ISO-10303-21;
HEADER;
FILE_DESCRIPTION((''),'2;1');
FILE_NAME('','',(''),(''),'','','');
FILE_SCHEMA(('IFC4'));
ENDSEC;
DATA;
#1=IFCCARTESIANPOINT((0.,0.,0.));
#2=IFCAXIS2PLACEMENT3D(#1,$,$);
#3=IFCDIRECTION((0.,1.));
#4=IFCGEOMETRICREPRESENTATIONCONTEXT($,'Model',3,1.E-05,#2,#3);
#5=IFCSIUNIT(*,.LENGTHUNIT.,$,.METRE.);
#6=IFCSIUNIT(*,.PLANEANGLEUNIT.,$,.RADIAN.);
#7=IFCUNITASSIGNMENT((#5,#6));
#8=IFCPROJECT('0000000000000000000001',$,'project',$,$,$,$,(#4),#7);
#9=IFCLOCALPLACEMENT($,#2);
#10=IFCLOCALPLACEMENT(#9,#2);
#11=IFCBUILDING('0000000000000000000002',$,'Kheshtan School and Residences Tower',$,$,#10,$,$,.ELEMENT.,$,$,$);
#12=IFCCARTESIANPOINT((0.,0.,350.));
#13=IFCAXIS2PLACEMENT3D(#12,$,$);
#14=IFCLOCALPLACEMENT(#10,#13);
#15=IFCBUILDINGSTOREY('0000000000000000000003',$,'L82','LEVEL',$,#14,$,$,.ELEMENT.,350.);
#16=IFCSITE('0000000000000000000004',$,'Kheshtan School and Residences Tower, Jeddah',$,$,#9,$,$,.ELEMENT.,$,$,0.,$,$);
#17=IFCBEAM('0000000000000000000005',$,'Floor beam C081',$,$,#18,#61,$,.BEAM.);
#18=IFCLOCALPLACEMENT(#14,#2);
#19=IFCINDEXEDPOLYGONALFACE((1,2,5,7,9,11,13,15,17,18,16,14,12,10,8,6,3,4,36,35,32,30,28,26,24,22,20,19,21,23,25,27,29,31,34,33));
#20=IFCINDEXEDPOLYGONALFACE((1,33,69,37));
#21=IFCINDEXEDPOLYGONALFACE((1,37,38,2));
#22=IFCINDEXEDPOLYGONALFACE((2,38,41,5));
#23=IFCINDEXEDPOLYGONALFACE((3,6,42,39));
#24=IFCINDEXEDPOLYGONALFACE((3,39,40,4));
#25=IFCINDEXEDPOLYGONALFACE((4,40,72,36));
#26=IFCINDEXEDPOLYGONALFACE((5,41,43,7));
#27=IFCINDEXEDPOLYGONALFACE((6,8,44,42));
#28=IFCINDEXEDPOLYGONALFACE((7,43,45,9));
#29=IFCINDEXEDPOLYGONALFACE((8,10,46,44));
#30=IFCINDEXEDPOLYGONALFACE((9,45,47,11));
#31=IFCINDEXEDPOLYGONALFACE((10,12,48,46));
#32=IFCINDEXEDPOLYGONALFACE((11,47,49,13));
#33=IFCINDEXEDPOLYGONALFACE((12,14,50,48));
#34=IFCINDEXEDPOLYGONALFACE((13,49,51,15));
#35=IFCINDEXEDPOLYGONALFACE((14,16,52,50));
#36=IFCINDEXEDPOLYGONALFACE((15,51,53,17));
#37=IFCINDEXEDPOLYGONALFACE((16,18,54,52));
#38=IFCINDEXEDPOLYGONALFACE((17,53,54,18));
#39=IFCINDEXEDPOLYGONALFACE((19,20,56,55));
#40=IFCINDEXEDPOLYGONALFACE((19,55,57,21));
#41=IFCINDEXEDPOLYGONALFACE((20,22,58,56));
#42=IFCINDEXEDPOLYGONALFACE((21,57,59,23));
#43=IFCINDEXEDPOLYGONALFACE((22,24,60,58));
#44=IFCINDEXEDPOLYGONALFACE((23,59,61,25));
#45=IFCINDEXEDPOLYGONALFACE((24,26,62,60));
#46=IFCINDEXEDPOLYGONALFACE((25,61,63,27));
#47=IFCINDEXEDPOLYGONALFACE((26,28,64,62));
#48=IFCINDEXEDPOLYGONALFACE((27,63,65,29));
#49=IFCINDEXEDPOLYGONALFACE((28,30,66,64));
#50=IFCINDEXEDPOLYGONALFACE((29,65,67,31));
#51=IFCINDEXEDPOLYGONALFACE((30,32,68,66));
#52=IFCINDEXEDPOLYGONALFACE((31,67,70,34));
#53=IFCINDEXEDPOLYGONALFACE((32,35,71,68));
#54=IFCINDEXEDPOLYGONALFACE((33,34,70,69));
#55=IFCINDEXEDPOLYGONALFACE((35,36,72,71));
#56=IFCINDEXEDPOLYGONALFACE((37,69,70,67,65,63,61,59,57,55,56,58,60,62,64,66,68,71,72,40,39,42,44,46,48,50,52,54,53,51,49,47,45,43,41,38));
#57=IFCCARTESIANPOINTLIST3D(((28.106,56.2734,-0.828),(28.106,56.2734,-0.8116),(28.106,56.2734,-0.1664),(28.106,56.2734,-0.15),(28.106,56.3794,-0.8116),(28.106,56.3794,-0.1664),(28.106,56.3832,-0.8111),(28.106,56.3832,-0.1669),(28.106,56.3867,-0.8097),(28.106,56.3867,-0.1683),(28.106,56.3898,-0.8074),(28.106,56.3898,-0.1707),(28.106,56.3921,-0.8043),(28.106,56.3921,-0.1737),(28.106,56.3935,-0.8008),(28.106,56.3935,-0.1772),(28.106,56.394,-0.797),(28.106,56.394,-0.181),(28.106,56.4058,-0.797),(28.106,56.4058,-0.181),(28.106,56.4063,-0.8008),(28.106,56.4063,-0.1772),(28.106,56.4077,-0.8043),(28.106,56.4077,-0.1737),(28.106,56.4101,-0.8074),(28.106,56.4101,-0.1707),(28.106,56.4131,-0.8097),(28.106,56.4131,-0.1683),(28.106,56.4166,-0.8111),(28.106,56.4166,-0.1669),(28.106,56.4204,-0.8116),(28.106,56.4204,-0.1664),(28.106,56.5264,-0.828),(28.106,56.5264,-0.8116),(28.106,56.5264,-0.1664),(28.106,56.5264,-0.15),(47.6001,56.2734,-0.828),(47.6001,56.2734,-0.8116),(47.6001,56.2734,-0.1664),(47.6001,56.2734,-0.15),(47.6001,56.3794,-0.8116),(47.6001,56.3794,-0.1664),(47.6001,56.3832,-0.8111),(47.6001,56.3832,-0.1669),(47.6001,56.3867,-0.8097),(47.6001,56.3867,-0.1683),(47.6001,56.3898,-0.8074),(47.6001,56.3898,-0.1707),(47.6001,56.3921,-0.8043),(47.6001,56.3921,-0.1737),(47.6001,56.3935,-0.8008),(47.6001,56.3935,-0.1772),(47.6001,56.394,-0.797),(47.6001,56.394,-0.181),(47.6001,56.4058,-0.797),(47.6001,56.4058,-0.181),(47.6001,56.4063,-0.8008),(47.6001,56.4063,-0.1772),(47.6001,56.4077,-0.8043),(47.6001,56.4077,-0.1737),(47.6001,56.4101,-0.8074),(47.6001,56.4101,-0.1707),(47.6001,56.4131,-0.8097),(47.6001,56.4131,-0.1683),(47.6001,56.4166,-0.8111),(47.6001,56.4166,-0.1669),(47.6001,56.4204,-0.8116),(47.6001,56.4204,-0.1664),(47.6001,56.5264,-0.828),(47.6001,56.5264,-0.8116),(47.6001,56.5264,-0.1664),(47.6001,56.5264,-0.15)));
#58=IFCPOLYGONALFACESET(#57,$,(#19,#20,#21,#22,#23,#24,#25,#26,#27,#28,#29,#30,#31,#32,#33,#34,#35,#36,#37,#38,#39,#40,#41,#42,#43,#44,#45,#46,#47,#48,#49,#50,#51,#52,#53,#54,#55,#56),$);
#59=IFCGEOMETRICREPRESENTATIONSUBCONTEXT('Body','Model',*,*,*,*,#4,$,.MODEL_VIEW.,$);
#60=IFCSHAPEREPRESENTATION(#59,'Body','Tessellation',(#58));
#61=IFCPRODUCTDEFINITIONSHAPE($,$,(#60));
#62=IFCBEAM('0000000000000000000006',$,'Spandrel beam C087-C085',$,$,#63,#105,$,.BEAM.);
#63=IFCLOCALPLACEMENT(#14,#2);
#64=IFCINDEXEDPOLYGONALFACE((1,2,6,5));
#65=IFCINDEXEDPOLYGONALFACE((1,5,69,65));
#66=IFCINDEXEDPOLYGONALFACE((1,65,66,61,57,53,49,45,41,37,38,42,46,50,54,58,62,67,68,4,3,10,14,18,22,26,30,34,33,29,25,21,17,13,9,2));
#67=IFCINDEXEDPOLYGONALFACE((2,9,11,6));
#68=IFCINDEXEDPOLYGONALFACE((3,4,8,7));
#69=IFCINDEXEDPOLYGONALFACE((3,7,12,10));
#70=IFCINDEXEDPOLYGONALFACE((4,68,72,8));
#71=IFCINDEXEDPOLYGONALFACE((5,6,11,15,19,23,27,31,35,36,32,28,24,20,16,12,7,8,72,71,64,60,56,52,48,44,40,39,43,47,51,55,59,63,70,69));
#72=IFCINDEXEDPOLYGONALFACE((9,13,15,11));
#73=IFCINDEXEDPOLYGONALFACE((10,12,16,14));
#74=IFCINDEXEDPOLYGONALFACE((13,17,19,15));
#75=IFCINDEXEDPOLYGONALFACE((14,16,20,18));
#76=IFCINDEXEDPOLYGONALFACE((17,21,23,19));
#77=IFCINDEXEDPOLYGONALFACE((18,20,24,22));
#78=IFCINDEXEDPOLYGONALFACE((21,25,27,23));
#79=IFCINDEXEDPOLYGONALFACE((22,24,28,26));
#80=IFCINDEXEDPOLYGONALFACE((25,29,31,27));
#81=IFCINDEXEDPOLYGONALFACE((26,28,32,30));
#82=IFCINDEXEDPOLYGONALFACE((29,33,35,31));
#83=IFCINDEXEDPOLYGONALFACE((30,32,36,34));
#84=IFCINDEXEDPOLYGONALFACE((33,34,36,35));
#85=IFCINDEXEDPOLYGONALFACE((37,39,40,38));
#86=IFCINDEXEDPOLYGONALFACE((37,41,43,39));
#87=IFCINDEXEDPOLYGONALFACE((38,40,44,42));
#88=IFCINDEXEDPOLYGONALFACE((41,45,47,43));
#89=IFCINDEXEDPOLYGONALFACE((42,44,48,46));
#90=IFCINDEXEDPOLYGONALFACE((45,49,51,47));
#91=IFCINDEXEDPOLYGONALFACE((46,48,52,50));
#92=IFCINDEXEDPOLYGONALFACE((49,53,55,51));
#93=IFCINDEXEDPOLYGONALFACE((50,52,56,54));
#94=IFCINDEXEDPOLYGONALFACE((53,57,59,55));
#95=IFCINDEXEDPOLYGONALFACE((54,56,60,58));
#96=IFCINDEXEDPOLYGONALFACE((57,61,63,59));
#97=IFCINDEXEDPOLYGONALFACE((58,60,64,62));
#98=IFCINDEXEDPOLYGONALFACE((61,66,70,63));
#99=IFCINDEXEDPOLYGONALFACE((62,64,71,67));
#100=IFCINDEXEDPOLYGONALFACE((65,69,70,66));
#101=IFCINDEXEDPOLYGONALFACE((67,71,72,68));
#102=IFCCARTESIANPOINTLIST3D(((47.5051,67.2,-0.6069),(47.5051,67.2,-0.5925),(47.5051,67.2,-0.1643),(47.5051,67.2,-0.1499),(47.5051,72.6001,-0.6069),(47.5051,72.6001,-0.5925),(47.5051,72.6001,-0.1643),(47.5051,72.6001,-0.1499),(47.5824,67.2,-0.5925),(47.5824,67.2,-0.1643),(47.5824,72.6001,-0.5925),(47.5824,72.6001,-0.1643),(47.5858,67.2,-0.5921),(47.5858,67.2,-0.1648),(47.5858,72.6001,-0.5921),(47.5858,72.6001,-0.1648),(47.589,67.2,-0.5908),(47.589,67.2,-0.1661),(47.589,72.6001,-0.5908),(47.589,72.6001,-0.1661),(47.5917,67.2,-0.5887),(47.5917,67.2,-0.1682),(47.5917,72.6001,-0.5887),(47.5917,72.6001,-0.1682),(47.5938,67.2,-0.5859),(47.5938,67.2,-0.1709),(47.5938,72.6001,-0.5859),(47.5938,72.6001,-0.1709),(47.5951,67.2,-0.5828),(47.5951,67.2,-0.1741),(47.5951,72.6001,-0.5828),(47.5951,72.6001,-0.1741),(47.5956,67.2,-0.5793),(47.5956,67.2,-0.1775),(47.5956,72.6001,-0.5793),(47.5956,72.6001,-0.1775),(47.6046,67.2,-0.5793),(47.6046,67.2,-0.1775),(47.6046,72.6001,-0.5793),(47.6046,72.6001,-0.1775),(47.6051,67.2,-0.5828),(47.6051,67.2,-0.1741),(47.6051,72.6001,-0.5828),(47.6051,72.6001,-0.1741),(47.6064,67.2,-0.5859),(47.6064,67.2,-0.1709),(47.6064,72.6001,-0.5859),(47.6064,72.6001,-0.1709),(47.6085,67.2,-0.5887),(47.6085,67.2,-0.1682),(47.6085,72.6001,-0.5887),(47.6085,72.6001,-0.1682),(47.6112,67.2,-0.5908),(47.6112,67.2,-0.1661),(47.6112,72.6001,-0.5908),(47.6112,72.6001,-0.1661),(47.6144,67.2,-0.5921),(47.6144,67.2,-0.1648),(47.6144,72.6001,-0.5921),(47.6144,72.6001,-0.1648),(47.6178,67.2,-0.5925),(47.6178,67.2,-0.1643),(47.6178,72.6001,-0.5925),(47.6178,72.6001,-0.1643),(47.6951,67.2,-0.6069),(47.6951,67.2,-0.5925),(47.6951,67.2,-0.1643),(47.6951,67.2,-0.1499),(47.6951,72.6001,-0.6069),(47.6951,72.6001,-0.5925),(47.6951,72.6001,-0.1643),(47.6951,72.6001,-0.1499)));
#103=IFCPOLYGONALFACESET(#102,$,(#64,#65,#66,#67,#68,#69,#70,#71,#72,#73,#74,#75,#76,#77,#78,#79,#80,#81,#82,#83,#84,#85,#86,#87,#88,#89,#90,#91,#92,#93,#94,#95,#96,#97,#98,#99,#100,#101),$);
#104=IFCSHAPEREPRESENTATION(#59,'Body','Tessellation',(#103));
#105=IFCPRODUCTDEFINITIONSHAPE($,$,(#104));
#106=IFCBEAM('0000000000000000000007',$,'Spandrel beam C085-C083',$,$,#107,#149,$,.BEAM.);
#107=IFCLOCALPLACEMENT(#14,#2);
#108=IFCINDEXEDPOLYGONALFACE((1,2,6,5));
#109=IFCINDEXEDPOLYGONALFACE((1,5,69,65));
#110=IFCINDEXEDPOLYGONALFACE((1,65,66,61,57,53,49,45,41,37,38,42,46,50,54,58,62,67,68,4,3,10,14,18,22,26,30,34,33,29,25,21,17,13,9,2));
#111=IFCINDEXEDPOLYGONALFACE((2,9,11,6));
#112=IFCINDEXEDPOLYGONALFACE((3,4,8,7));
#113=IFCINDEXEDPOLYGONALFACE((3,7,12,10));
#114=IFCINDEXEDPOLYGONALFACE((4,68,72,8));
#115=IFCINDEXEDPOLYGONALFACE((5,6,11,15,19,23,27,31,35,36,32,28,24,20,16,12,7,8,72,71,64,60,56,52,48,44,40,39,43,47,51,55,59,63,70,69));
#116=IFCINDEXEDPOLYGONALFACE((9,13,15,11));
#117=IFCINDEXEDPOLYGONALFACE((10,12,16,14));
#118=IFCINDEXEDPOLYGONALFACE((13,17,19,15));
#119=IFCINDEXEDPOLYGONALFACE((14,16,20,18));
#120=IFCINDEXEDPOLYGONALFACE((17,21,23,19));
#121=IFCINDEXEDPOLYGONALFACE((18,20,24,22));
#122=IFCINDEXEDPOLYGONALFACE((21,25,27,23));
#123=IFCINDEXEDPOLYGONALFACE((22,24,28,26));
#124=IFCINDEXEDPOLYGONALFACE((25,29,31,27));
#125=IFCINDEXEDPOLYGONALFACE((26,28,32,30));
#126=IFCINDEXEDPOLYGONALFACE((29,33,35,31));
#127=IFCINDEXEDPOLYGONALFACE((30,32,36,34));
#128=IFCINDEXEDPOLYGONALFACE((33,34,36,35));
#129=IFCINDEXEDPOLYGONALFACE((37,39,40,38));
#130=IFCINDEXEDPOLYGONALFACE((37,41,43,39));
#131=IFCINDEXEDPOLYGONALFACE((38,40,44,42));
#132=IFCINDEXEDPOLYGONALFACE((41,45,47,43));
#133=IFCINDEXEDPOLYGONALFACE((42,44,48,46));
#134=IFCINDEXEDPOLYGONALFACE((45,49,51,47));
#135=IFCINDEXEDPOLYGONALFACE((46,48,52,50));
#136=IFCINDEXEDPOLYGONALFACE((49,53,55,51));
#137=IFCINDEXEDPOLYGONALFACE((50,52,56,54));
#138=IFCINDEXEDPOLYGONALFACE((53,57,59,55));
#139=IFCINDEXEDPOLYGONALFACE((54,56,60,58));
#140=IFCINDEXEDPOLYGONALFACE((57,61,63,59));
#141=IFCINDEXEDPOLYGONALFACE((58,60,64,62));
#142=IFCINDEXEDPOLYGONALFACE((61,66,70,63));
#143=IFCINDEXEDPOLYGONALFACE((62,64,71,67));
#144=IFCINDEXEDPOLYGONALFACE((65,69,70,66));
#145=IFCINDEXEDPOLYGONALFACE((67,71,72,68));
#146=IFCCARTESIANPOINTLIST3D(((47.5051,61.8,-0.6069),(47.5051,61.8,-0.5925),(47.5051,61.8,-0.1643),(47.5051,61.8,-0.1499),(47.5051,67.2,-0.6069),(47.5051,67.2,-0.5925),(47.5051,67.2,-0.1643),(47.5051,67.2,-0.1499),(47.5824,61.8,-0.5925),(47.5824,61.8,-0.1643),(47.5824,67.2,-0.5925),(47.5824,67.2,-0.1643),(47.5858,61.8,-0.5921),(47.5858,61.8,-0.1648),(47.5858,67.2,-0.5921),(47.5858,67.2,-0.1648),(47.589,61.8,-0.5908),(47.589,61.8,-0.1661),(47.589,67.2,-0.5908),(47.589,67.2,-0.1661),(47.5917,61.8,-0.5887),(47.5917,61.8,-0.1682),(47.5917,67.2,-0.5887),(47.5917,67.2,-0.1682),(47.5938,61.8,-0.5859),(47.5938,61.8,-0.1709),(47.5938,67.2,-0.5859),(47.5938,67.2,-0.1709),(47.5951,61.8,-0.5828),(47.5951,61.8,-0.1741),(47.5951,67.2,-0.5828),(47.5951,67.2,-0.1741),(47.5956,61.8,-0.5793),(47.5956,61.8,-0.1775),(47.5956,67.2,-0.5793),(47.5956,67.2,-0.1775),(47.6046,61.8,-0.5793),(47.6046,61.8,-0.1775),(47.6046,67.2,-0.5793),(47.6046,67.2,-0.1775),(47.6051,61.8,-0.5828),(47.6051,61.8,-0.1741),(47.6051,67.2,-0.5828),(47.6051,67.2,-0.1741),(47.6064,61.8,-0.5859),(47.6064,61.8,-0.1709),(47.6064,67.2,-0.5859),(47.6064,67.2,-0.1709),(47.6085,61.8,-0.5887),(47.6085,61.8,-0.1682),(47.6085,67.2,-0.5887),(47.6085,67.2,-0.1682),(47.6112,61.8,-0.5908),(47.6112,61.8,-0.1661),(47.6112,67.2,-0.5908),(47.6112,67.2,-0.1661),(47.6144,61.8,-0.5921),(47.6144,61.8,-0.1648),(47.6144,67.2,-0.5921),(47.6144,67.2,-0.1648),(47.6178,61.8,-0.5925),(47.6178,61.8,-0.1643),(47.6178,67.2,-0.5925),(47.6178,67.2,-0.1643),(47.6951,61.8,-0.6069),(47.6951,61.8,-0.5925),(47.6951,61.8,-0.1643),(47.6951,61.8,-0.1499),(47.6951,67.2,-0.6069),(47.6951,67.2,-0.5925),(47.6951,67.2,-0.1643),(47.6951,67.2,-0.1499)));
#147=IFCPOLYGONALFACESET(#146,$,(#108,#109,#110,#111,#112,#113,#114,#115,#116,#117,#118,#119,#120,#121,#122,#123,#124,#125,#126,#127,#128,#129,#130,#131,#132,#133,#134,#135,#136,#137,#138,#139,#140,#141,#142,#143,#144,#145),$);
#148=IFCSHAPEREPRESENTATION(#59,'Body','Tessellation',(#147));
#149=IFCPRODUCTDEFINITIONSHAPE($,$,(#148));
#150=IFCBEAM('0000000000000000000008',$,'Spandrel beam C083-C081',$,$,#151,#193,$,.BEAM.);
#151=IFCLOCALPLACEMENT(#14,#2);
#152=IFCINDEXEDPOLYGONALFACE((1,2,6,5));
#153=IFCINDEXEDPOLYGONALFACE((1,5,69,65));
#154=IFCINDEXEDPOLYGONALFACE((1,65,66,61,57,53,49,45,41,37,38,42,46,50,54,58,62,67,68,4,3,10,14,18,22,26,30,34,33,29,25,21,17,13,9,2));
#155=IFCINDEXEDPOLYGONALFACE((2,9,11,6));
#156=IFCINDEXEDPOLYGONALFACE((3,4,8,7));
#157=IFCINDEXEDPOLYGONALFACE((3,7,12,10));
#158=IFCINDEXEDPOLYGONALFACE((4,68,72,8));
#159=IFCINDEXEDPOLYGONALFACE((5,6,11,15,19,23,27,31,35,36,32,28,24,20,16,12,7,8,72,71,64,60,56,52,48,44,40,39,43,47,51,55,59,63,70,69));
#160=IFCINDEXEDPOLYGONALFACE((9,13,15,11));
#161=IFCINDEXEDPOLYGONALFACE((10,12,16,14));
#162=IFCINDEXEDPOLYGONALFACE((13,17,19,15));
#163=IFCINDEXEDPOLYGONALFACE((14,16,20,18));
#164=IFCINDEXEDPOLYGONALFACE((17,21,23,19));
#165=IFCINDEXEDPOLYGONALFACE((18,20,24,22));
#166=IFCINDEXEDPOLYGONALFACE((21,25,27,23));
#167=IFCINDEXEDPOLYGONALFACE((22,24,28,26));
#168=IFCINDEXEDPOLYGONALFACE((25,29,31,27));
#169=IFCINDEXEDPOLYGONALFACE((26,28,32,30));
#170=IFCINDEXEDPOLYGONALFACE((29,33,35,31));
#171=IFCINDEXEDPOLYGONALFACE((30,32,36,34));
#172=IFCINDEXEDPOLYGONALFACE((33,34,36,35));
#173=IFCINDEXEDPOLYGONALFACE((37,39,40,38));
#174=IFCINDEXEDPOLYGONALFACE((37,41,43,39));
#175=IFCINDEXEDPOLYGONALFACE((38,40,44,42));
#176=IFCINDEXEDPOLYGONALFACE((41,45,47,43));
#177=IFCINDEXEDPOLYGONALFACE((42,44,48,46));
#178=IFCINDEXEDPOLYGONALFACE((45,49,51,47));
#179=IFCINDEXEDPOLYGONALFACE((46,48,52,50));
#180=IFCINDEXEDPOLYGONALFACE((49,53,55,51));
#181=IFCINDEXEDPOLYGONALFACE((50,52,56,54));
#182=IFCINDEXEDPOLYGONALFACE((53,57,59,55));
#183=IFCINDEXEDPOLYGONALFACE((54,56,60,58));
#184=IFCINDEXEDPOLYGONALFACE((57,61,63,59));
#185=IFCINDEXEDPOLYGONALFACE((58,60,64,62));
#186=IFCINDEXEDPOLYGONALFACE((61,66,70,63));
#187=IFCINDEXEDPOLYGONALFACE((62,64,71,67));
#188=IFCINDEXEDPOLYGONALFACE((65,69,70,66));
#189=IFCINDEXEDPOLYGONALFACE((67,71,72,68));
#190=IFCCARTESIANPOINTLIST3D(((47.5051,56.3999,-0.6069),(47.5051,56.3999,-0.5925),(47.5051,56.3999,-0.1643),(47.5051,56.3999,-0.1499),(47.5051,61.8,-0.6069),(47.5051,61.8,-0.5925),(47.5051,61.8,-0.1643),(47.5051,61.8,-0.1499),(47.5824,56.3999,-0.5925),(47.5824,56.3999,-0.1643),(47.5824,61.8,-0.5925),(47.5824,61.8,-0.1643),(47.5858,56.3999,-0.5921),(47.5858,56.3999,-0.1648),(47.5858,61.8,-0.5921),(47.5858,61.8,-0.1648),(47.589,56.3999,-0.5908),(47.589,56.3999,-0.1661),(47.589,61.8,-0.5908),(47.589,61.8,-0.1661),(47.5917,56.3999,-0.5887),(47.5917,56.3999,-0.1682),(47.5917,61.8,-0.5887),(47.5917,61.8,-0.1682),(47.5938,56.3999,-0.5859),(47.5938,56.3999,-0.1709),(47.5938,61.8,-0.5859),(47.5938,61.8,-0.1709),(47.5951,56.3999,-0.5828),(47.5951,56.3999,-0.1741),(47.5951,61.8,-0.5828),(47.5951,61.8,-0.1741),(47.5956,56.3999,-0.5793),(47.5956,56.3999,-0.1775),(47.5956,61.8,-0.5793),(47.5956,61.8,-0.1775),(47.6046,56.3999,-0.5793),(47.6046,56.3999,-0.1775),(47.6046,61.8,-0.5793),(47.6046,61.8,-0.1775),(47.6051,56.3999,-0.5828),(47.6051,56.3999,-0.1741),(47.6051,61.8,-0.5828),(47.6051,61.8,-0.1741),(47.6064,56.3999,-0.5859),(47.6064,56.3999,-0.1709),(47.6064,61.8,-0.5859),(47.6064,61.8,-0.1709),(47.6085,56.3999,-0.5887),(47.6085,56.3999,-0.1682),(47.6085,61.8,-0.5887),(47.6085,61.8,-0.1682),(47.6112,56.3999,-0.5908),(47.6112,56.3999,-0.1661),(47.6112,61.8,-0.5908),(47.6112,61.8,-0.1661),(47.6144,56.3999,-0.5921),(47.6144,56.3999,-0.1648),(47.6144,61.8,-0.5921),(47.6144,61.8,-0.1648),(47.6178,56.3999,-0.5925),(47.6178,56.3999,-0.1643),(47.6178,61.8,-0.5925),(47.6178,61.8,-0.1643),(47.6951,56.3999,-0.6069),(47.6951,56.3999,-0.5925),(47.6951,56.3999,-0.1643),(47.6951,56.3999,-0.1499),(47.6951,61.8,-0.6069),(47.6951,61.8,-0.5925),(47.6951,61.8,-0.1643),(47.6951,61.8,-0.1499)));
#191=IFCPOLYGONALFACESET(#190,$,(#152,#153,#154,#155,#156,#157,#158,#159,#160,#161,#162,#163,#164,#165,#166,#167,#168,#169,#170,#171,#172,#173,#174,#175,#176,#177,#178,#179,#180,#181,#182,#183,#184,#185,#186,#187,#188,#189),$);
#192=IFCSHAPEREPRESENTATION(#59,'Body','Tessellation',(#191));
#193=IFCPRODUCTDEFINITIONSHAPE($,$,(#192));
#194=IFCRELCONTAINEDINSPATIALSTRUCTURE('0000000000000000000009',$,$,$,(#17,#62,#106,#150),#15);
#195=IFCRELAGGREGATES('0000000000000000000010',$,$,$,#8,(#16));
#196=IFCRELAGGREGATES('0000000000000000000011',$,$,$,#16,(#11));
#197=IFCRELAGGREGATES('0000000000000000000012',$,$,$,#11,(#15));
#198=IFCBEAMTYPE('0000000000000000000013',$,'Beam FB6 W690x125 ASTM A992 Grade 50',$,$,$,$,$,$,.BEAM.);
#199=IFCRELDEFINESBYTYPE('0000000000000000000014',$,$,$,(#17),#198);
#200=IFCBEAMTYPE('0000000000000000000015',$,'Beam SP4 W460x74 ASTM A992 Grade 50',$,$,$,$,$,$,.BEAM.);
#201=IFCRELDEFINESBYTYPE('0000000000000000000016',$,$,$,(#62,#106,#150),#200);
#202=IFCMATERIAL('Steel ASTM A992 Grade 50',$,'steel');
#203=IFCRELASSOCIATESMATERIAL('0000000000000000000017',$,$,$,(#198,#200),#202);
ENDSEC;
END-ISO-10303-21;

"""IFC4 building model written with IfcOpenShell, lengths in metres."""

from ifc_helpers import new_model, si_unit, direction, frame, origin, origin_2d, place, context, subcontext, project, spatial, i_section, extrude, material, material_profile, profile_set, type_object, element, save


model = new_model("IFC4")

# Units and contexts
model_context = context("Model", 3, precision=1e-05, world=origin(), true_north=direction((0.0, 1.0)))
body_context = subcontext(model_context, "Body", "Model", "MODEL_VIEW")
ifc_project = project(units=[si_unit("LENGTHUNIT", "METRE"), si_unit("PLANEANGLEUNIT", "RADIAN")], contexts=[model_context])

# Site, building, storey
site_placement = place(None, origin())
site = spatial("IfcSite", under=ifc_project, at=site_placement, Name="Kheshtan School and Residences Tower, Jeddah", CompositionType="ELEMENT", RefElevation=0.0)
building_placement = place(site_placement, origin())
building = spatial("IfcBuilding", under=site, at=building_placement, Name="Kheshtan School and Residences Tower", CompositionType="ELEMENT")
storey_placement = place(building_placement, frame((0.0, 0.0, 350.0)))
storey = spatial("IfcBuildingStorey", under=building, at=storey_placement, Name="L82", Description="LEVEL", CompositionType="ELEMENT", Elevation=350.0)

# Shared definitions
ifc_material_1 = material(Name="Steel ASTM A992 Grade 50", Category="steel")

# Beams
ifc_material_profile_1 = material_profile(ifc_material_1, i_section(OverallWidth=0.2529, OverallDepth=0.678, WebThickness=0.0117, FlangeThickness=0.0164, FilletRadius=0.0146, at=origin_2d()), Name="W690x125")
ifc_profile_set_1 = profile_set([ifc_material_profile_1], Name="Steel ASTM A992 Grade 50")
beam_type_1 = type_object("IfcBeamType", Name="Beam FB6 W690x125 ASTM A992 Grade 50", PredefinedType="BEAM", material=ifc_profile_set_1)
beam_1_placement = place(storey_placement, frame((47.6001, 56.3999, -0.489), z_axis=(-1.0, 0.0, 0.0), x_axis=(0.0, -1.0, 0.0)))
element("IfcBeam", 1, at=beam_1_placement, inside=storey, type_object=beam_type_1, Name="Floor beam C081", PredefinedType="BEAM", context=body_context, shape_type="SweptSolid", body=[
    extrude(i_section(OverallWidth=0.2529, OverallDepth=0.678, WebThickness=0.0117, FlangeThickness=0.0164, FilletRadius=0.0146, at=origin_2d()), origin(), (0.0, 0.0, 1.0), 19.4941),
])
ifc_material_profile_2 = material_profile(ifc_material_1, i_section(OverallWidth=0.1899, OverallDepth=0.457, WebThickness=0.009, FlangeThickness=0.0144, FilletRadius=0.0132, at=origin_2d()), Name="W460x74")
ifc_profile_set_2 = profile_set([ifc_material_profile_2], Name="Steel ASTM A992 Grade 50")
beam_type_2 = type_object("IfcBeamType", Name="Beam SP4 W460x74 ASTM A992 Grade 50", PredefinedType="BEAM", material=ifc_profile_set_2)
beam_2_placement = place(storey_placement, frame((47.6001, 72.6001, -0.3784), z_axis=(0.0, -1.0, 0.0), x_axis=(1.0, 0.0, 0.0)))
element("IfcBeam", 2, at=beam_2_placement, inside=storey, type_object=beam_type_2, Name="Spandrel beam C087-C085", PredefinedType="BEAM", context=body_context, shape_type="SweptSolid", body=[
    extrude(i_section(OverallWidth=0.1899, OverallDepth=0.457, WebThickness=0.009, FlangeThickness=0.0144, FilletRadius=0.0132, at=origin_2d()), origin(), (0.0, 0.0, 1.0), 5.4001),
])
beam_3_placement = place(storey_placement, frame((47.6001, 67.2, -0.3784), z_axis=(0.0, -1.0, 0.0), x_axis=(1.0, 0.0, 0.0)))
element("IfcBeam", 3, at=beam_3_placement, inside=storey, type_object=beam_type_2, Name="Spandrel beam C085-C083", PredefinedType="BEAM", context=body_context, shape_type="SweptSolid", body=[
    extrude(i_section(OverallWidth=0.1899, OverallDepth=0.457, WebThickness=0.009, FlangeThickness=0.0144, FilletRadius=0.0132, at=origin_2d()), origin(), (0.0, 0.0, 1.0), 5.3999),
])
beam_4_placement = place(storey_placement, frame((47.6001, 61.8, -0.3784), z_axis=(0.0, -1.0, 0.0), x_axis=(1.0, 0.0, 0.0)))
element("IfcBeam", 4, at=beam_4_placement, inside=storey, type_object=beam_type_2, Name="Spandrel beam C083-C081", PredefinedType="BEAM", context=body_context, shape_type="SweptSolid", body=[
    extrude(i_section(OverallWidth=0.1899, OverallDepth=0.457, WebThickness=0.009, FlangeThickness=0.0144, FilletRadius=0.0132, at=origin_2d()), origin(), (0.0, 0.0, 1.0), 5.4001),
])

save(model, "model.ifc")
